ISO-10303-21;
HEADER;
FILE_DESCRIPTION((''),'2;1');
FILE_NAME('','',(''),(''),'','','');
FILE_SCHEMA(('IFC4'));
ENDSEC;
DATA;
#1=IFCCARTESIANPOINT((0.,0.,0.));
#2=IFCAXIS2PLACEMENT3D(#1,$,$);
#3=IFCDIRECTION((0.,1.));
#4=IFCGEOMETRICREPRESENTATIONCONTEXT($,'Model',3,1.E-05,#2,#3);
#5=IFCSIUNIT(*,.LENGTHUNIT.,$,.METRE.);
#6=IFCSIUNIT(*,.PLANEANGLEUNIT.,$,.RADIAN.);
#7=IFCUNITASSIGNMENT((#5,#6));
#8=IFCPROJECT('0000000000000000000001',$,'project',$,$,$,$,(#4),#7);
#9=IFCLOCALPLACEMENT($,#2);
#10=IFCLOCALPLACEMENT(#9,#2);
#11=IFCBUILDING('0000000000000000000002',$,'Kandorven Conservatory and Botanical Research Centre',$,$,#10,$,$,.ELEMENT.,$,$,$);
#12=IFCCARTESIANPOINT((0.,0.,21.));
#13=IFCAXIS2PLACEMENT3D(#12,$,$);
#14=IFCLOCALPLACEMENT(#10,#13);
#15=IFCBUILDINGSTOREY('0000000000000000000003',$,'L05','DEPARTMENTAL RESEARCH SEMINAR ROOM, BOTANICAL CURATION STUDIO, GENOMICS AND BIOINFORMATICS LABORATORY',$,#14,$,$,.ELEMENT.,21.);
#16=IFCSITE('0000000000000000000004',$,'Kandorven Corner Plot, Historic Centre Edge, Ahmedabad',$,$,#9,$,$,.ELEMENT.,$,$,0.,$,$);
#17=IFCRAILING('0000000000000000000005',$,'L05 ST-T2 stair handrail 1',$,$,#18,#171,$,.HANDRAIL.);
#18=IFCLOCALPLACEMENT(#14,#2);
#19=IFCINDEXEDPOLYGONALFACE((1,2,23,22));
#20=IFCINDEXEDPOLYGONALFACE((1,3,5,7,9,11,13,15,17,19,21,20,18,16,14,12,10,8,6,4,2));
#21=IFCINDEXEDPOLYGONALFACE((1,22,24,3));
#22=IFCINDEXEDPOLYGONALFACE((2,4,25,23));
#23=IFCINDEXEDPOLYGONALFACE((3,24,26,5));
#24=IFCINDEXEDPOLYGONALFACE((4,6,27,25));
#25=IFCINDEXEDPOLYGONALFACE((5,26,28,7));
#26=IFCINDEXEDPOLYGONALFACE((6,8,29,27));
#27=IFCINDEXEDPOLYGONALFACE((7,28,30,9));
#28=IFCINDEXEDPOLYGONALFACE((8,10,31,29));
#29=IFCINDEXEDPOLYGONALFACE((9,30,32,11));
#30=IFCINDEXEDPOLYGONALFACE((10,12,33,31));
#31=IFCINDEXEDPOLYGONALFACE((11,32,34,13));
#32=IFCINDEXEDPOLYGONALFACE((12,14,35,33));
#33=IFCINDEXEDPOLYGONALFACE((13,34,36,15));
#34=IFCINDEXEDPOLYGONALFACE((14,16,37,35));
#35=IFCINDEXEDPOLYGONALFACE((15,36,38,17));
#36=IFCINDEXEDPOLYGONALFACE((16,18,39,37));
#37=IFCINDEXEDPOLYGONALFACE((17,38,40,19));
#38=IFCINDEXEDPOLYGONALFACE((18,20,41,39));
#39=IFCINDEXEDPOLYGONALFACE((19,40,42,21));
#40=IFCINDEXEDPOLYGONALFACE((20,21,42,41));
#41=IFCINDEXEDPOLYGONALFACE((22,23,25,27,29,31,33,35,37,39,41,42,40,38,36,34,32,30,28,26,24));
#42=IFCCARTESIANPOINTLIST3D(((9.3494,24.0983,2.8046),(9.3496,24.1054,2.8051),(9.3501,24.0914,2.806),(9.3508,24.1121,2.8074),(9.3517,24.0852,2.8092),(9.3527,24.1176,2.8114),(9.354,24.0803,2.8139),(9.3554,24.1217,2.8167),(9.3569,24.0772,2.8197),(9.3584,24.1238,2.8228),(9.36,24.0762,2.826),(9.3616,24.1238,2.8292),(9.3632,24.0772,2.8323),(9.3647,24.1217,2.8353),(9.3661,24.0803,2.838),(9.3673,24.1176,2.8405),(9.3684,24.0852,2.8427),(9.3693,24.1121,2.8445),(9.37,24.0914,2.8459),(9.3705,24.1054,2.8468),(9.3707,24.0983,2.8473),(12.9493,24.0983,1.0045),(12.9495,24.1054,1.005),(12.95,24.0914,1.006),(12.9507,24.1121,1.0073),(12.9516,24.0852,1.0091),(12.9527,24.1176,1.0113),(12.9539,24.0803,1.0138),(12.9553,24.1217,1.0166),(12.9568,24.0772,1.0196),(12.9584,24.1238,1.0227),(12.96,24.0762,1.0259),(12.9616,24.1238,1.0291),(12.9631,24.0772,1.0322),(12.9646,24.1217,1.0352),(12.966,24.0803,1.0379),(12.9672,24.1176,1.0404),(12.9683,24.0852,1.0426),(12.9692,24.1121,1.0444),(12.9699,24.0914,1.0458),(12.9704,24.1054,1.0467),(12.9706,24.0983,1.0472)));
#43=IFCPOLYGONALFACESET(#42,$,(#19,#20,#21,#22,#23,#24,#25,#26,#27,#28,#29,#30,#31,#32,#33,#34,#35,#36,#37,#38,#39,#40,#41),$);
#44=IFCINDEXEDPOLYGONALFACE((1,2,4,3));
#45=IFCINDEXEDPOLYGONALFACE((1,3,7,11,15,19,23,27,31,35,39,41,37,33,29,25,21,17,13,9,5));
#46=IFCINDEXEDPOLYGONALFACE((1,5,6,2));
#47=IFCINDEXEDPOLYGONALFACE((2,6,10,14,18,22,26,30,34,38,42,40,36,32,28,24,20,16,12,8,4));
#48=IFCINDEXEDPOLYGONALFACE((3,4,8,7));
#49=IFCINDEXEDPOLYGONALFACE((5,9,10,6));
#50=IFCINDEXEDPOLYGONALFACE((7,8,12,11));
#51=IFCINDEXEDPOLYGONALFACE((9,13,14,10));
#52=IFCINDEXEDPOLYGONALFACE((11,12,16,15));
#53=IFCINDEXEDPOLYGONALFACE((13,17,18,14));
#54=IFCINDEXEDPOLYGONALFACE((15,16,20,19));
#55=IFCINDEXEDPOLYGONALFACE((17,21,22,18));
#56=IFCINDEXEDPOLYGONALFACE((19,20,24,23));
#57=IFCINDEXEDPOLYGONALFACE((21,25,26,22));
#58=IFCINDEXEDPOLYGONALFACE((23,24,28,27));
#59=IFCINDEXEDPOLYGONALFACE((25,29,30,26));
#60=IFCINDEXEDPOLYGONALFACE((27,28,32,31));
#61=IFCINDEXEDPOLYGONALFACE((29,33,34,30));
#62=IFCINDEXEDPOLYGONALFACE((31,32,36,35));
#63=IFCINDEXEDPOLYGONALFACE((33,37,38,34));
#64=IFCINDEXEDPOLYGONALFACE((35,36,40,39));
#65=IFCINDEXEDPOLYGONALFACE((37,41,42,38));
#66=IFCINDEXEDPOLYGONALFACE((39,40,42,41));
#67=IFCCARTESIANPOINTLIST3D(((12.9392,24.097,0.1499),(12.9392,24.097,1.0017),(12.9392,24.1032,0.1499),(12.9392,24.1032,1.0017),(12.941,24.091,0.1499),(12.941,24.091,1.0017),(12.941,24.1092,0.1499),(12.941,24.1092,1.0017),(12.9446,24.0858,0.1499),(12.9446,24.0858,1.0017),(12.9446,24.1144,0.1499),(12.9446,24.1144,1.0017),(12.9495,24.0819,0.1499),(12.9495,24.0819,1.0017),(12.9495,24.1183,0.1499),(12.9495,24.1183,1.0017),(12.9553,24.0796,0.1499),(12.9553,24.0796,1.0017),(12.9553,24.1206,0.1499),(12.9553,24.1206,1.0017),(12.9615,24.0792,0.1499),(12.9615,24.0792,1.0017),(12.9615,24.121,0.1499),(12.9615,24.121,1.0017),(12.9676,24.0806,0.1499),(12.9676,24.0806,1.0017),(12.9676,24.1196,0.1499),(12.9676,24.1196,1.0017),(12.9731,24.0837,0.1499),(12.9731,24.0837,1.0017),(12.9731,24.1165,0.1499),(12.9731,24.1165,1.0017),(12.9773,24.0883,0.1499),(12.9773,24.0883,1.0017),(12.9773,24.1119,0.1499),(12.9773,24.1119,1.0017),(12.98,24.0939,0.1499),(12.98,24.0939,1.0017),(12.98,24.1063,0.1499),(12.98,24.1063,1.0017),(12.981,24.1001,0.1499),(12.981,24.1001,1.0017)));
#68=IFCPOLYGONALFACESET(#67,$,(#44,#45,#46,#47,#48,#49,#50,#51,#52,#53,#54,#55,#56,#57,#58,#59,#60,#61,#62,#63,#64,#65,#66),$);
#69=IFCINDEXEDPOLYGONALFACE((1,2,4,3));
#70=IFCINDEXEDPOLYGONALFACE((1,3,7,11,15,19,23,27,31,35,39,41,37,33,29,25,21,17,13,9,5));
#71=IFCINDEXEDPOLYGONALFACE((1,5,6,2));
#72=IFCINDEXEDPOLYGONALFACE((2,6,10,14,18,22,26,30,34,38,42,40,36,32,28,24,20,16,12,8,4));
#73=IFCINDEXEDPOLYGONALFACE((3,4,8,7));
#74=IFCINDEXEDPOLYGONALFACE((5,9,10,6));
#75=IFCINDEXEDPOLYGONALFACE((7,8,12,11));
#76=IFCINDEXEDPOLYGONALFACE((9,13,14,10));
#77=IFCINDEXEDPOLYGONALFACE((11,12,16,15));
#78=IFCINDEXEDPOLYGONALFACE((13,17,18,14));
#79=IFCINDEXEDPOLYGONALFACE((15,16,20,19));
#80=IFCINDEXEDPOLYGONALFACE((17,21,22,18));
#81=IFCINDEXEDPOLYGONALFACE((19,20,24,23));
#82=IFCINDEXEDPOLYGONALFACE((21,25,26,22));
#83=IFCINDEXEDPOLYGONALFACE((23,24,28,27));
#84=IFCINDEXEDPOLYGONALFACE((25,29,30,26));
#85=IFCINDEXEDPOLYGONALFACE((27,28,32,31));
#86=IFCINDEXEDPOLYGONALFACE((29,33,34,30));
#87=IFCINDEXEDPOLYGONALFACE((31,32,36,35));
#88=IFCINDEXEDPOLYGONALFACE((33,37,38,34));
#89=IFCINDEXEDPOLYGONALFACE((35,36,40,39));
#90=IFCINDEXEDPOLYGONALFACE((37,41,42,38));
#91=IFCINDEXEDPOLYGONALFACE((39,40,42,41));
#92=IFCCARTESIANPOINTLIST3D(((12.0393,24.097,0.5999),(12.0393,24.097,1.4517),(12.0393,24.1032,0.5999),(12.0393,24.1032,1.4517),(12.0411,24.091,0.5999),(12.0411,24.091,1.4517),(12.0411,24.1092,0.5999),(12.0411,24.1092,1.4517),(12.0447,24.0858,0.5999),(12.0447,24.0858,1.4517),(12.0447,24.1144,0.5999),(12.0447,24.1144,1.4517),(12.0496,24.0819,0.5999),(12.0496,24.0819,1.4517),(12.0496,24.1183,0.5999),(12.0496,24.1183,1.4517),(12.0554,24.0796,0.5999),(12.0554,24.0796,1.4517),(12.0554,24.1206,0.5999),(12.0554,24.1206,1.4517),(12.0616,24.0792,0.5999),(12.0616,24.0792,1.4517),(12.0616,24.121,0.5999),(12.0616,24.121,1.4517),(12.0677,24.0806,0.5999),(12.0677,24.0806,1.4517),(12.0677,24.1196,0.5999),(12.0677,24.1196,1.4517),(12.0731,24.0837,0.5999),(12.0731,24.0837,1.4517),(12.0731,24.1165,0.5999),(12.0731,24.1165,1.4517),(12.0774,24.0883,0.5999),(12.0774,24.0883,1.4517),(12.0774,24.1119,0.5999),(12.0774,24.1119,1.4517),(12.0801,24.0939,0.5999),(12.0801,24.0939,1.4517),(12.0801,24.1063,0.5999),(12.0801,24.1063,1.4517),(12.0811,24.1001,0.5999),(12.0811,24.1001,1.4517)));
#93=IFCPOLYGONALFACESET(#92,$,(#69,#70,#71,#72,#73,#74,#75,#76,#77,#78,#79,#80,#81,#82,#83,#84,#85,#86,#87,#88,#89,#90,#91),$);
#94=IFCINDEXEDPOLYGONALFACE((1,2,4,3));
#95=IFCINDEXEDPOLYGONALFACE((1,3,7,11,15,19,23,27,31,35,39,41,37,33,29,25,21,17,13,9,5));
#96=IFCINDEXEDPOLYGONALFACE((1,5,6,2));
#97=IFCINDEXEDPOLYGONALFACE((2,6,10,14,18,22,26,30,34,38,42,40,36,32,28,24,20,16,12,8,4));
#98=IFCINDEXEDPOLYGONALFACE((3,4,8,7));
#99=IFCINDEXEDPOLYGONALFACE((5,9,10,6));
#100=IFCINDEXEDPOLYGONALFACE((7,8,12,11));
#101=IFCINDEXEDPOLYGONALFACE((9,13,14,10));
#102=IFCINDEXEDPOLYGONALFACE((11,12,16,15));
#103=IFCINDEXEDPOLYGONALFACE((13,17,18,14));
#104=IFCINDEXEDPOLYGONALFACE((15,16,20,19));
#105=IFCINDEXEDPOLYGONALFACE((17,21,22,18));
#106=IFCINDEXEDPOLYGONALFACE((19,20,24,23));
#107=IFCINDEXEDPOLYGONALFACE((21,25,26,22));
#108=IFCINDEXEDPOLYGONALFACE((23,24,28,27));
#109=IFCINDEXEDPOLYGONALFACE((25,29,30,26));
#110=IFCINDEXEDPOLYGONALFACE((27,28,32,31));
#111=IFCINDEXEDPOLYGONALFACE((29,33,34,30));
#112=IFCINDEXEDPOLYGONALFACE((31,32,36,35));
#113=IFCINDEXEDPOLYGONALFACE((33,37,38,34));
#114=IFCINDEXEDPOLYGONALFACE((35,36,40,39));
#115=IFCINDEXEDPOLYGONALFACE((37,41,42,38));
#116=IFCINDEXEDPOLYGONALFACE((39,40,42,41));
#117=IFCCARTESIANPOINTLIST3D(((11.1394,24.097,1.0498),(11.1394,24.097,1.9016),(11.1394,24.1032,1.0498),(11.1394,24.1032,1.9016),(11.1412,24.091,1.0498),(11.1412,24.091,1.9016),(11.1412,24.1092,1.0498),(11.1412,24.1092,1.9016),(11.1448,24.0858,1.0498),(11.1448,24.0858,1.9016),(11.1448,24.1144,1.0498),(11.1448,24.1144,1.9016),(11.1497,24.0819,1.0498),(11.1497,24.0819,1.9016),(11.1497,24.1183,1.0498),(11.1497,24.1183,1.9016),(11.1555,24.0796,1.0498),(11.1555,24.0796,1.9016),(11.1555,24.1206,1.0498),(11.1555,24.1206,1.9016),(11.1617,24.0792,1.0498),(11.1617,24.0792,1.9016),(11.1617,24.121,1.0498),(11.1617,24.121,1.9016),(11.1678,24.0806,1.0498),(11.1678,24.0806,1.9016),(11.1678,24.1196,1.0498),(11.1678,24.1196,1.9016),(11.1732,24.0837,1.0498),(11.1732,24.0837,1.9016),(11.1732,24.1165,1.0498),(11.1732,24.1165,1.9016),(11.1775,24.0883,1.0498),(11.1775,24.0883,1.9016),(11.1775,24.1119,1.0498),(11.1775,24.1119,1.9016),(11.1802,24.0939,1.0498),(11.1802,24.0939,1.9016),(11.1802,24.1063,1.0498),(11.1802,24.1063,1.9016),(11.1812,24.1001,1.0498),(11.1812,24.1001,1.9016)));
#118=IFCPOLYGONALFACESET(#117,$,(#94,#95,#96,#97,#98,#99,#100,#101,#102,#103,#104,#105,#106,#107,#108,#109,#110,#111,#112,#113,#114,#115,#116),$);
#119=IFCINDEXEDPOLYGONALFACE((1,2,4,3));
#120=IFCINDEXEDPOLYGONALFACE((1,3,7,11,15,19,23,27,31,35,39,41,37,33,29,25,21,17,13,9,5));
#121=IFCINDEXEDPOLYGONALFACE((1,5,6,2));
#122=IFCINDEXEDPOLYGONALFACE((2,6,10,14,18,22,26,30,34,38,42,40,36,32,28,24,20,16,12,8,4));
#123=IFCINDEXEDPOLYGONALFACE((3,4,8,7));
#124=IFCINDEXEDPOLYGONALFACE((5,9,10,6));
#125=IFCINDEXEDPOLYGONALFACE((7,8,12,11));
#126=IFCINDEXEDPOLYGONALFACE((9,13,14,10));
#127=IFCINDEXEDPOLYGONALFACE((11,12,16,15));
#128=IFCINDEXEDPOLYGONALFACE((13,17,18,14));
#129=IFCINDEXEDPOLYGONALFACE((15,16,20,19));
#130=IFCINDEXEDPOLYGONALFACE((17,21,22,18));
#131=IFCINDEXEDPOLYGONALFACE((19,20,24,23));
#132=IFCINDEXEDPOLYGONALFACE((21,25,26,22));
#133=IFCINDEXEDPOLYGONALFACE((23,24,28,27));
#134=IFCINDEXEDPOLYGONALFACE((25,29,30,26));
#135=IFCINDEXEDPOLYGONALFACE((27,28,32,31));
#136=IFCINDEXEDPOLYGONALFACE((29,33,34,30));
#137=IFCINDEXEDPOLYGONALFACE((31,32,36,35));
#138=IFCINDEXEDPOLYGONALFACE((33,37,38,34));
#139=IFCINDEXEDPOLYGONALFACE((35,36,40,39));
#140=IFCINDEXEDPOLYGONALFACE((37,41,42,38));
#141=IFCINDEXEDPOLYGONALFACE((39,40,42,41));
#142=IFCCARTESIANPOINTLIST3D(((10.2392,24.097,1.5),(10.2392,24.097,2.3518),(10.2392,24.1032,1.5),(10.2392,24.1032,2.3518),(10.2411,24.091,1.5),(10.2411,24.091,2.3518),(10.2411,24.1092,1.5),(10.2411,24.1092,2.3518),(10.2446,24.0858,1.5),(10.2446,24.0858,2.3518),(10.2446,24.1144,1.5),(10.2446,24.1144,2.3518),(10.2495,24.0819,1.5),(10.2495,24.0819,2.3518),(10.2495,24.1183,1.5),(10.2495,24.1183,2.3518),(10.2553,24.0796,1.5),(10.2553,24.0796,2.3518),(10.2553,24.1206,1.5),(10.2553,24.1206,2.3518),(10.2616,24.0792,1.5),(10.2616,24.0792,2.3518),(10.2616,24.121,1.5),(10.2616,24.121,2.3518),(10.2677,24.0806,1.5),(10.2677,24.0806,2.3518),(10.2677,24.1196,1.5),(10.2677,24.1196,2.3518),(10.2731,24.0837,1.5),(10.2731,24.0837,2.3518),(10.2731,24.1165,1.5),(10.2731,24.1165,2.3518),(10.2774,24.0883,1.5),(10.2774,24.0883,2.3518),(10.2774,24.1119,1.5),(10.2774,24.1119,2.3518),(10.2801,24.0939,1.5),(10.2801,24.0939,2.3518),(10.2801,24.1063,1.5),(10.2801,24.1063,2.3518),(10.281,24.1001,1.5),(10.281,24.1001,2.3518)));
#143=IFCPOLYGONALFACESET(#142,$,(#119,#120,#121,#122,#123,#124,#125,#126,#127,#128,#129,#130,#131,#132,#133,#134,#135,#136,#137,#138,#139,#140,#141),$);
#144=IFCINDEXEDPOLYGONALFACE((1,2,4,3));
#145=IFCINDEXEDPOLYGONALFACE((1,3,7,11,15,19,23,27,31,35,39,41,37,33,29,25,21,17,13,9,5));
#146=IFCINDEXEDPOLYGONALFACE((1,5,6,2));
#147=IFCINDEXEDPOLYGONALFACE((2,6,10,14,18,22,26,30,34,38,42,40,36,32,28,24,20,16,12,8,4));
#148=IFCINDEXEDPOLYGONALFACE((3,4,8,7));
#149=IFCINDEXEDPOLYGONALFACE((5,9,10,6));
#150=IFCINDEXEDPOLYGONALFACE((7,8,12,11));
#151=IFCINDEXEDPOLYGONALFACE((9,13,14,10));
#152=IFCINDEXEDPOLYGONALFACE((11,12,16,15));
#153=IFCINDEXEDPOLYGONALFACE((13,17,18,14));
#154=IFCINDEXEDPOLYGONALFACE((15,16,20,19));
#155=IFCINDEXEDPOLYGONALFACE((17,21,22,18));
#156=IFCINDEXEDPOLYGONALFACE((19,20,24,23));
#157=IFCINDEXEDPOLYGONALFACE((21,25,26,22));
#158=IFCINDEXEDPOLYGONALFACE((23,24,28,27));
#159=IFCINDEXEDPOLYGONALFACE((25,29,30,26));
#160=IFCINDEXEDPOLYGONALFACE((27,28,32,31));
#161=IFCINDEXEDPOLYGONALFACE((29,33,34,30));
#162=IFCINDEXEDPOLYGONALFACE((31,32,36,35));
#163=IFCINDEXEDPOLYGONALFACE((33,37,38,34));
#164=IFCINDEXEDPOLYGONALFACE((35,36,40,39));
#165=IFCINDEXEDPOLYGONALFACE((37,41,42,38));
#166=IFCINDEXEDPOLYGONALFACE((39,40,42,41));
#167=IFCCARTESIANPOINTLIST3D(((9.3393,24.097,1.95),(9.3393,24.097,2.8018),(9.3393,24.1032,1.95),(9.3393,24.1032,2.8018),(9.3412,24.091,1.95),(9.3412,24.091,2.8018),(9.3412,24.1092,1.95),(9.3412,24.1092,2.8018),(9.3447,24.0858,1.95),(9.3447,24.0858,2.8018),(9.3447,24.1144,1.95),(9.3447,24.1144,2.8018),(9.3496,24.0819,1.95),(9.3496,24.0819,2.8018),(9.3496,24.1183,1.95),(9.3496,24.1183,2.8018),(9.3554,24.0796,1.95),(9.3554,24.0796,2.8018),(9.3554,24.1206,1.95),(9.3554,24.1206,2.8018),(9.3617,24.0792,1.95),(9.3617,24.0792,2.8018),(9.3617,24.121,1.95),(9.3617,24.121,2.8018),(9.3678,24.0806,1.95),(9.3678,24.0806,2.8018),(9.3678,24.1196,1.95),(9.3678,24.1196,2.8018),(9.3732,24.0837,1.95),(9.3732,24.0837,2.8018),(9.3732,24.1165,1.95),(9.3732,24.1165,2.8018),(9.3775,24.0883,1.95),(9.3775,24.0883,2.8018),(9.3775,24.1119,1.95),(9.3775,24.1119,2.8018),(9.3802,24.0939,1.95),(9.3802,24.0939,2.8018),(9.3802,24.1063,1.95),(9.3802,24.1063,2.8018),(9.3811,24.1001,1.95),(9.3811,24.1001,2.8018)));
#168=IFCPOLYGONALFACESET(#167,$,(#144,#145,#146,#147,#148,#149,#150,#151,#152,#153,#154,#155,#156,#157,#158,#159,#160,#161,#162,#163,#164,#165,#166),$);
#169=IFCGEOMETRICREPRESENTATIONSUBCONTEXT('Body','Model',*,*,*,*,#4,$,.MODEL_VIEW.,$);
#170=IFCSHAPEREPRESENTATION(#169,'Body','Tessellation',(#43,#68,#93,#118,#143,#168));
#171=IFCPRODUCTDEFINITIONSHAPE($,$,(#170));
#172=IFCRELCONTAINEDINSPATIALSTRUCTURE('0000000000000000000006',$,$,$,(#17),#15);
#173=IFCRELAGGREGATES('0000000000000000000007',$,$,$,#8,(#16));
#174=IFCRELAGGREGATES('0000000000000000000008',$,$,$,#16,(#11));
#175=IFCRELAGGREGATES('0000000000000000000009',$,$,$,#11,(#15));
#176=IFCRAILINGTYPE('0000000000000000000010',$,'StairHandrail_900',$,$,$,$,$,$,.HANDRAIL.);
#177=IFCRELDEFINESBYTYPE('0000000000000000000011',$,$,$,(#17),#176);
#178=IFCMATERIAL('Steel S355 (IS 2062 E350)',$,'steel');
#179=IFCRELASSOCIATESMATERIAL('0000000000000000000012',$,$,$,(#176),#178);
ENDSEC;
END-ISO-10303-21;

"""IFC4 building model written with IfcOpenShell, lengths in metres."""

from ifc_helpers import new_model, si_unit, direction, frame, origin, origin_2d, place, context, subcontext, project, spatial, circle, extrude, material, type_object, element, save


model = new_model("IFC4")

# Units and contexts
model_context = context("Model", 3, precision=1e-05, world=origin(), true_north=direction((0.0, 1.0)))
body_context = subcontext(model_context, "Body", "Model", "MODEL_VIEW")
ifc_project = project(units=[si_unit("LENGTHUNIT", "METRE"), si_unit("PLANEANGLEUNIT", "RADIAN")], contexts=[model_context])

# Site, building, storey
site_placement = place(None, origin())
site = spatial("IfcSite", under=ifc_project, at=site_placement, Name="Kandorven Corner Plot, Historic Centre Edge, Ahmedabad", CompositionType="ELEMENT", RefElevation=0.0)
building_placement = place(site_placement, origin())
building = spatial("IfcBuilding", under=site, at=building_placement, Name="Kandorven Conservatory and Botanical Research Centre", CompositionType="ELEMENT")
storey_placement = place(building_placement, frame((0.0, 0.0, 21.0)))
storey = spatial("IfcBuildingStorey", under=building, at=storey_placement, Name="L05", Description="DEPARTMENTAL RESEARCH SEMINAR ROOM, BOTANICAL CURATION STUDIO, GENOMICS AND BIOINFORMATICS LABORATORY", CompositionType="ELEMENT", Elevation=21.0)

# Railing
ifc_material_1 = material(Name="Steel S355 (IS 2062 E350)", Category="steel")
railing_type_1 = type_object("IfcRailingType", Name="StairHandrail_900", PredefinedType="HANDRAIL", material=ifc_material_1)
railing_1_placement = place(storey_placement, frame((12.96, 24.1001, 0.1499)))
element("IfcRailing", 1, at=railing_1_placement, inside=storey, type_object=railing_type_1, Name="L05 ST-T2 stair handrail 1", PredefinedType="HANDRAIL", context=body_context, shape_type="SweptSolid", body=[
    extrude(circle(Radius=0.0239, at=origin_2d()), frame((0.0, 0.0, 0.876), z_axis=(-0.894415, 0.0, 0.447238), x_axis=(0.0, -1.0, 0.0)), (0.0, 0.0, 1.0), 4.0249),
    extrude(circle(Radius=0.021, at=origin_2d()), origin(), (0.0, 0.0, 1.0), 0.8518),
    extrude(circle(Radius=0.021, at=origin_2d()), frame((-0.8999, 0.0, 0.45)), (0.0, 0.0, 1.0), 0.8518),
    extrude(circle(Radius=0.021, at=origin_2d()), frame((-1.7998, 0.0, 0.8999)), (0.0, 0.0, 1.0), 0.8518),
    extrude(circle(Radius=0.021, at=origin_2d()), frame((-2.7, 0.0, 1.3501)), (0.0, 0.0, 1.0), 0.8518),
    extrude(circle(Radius=0.021, at=origin_2d()), frame((-3.5999, 0.0, 1.8)), (0.0, 0.0, 1.0), 0.8518),
])

save(model, "model.ifc")
